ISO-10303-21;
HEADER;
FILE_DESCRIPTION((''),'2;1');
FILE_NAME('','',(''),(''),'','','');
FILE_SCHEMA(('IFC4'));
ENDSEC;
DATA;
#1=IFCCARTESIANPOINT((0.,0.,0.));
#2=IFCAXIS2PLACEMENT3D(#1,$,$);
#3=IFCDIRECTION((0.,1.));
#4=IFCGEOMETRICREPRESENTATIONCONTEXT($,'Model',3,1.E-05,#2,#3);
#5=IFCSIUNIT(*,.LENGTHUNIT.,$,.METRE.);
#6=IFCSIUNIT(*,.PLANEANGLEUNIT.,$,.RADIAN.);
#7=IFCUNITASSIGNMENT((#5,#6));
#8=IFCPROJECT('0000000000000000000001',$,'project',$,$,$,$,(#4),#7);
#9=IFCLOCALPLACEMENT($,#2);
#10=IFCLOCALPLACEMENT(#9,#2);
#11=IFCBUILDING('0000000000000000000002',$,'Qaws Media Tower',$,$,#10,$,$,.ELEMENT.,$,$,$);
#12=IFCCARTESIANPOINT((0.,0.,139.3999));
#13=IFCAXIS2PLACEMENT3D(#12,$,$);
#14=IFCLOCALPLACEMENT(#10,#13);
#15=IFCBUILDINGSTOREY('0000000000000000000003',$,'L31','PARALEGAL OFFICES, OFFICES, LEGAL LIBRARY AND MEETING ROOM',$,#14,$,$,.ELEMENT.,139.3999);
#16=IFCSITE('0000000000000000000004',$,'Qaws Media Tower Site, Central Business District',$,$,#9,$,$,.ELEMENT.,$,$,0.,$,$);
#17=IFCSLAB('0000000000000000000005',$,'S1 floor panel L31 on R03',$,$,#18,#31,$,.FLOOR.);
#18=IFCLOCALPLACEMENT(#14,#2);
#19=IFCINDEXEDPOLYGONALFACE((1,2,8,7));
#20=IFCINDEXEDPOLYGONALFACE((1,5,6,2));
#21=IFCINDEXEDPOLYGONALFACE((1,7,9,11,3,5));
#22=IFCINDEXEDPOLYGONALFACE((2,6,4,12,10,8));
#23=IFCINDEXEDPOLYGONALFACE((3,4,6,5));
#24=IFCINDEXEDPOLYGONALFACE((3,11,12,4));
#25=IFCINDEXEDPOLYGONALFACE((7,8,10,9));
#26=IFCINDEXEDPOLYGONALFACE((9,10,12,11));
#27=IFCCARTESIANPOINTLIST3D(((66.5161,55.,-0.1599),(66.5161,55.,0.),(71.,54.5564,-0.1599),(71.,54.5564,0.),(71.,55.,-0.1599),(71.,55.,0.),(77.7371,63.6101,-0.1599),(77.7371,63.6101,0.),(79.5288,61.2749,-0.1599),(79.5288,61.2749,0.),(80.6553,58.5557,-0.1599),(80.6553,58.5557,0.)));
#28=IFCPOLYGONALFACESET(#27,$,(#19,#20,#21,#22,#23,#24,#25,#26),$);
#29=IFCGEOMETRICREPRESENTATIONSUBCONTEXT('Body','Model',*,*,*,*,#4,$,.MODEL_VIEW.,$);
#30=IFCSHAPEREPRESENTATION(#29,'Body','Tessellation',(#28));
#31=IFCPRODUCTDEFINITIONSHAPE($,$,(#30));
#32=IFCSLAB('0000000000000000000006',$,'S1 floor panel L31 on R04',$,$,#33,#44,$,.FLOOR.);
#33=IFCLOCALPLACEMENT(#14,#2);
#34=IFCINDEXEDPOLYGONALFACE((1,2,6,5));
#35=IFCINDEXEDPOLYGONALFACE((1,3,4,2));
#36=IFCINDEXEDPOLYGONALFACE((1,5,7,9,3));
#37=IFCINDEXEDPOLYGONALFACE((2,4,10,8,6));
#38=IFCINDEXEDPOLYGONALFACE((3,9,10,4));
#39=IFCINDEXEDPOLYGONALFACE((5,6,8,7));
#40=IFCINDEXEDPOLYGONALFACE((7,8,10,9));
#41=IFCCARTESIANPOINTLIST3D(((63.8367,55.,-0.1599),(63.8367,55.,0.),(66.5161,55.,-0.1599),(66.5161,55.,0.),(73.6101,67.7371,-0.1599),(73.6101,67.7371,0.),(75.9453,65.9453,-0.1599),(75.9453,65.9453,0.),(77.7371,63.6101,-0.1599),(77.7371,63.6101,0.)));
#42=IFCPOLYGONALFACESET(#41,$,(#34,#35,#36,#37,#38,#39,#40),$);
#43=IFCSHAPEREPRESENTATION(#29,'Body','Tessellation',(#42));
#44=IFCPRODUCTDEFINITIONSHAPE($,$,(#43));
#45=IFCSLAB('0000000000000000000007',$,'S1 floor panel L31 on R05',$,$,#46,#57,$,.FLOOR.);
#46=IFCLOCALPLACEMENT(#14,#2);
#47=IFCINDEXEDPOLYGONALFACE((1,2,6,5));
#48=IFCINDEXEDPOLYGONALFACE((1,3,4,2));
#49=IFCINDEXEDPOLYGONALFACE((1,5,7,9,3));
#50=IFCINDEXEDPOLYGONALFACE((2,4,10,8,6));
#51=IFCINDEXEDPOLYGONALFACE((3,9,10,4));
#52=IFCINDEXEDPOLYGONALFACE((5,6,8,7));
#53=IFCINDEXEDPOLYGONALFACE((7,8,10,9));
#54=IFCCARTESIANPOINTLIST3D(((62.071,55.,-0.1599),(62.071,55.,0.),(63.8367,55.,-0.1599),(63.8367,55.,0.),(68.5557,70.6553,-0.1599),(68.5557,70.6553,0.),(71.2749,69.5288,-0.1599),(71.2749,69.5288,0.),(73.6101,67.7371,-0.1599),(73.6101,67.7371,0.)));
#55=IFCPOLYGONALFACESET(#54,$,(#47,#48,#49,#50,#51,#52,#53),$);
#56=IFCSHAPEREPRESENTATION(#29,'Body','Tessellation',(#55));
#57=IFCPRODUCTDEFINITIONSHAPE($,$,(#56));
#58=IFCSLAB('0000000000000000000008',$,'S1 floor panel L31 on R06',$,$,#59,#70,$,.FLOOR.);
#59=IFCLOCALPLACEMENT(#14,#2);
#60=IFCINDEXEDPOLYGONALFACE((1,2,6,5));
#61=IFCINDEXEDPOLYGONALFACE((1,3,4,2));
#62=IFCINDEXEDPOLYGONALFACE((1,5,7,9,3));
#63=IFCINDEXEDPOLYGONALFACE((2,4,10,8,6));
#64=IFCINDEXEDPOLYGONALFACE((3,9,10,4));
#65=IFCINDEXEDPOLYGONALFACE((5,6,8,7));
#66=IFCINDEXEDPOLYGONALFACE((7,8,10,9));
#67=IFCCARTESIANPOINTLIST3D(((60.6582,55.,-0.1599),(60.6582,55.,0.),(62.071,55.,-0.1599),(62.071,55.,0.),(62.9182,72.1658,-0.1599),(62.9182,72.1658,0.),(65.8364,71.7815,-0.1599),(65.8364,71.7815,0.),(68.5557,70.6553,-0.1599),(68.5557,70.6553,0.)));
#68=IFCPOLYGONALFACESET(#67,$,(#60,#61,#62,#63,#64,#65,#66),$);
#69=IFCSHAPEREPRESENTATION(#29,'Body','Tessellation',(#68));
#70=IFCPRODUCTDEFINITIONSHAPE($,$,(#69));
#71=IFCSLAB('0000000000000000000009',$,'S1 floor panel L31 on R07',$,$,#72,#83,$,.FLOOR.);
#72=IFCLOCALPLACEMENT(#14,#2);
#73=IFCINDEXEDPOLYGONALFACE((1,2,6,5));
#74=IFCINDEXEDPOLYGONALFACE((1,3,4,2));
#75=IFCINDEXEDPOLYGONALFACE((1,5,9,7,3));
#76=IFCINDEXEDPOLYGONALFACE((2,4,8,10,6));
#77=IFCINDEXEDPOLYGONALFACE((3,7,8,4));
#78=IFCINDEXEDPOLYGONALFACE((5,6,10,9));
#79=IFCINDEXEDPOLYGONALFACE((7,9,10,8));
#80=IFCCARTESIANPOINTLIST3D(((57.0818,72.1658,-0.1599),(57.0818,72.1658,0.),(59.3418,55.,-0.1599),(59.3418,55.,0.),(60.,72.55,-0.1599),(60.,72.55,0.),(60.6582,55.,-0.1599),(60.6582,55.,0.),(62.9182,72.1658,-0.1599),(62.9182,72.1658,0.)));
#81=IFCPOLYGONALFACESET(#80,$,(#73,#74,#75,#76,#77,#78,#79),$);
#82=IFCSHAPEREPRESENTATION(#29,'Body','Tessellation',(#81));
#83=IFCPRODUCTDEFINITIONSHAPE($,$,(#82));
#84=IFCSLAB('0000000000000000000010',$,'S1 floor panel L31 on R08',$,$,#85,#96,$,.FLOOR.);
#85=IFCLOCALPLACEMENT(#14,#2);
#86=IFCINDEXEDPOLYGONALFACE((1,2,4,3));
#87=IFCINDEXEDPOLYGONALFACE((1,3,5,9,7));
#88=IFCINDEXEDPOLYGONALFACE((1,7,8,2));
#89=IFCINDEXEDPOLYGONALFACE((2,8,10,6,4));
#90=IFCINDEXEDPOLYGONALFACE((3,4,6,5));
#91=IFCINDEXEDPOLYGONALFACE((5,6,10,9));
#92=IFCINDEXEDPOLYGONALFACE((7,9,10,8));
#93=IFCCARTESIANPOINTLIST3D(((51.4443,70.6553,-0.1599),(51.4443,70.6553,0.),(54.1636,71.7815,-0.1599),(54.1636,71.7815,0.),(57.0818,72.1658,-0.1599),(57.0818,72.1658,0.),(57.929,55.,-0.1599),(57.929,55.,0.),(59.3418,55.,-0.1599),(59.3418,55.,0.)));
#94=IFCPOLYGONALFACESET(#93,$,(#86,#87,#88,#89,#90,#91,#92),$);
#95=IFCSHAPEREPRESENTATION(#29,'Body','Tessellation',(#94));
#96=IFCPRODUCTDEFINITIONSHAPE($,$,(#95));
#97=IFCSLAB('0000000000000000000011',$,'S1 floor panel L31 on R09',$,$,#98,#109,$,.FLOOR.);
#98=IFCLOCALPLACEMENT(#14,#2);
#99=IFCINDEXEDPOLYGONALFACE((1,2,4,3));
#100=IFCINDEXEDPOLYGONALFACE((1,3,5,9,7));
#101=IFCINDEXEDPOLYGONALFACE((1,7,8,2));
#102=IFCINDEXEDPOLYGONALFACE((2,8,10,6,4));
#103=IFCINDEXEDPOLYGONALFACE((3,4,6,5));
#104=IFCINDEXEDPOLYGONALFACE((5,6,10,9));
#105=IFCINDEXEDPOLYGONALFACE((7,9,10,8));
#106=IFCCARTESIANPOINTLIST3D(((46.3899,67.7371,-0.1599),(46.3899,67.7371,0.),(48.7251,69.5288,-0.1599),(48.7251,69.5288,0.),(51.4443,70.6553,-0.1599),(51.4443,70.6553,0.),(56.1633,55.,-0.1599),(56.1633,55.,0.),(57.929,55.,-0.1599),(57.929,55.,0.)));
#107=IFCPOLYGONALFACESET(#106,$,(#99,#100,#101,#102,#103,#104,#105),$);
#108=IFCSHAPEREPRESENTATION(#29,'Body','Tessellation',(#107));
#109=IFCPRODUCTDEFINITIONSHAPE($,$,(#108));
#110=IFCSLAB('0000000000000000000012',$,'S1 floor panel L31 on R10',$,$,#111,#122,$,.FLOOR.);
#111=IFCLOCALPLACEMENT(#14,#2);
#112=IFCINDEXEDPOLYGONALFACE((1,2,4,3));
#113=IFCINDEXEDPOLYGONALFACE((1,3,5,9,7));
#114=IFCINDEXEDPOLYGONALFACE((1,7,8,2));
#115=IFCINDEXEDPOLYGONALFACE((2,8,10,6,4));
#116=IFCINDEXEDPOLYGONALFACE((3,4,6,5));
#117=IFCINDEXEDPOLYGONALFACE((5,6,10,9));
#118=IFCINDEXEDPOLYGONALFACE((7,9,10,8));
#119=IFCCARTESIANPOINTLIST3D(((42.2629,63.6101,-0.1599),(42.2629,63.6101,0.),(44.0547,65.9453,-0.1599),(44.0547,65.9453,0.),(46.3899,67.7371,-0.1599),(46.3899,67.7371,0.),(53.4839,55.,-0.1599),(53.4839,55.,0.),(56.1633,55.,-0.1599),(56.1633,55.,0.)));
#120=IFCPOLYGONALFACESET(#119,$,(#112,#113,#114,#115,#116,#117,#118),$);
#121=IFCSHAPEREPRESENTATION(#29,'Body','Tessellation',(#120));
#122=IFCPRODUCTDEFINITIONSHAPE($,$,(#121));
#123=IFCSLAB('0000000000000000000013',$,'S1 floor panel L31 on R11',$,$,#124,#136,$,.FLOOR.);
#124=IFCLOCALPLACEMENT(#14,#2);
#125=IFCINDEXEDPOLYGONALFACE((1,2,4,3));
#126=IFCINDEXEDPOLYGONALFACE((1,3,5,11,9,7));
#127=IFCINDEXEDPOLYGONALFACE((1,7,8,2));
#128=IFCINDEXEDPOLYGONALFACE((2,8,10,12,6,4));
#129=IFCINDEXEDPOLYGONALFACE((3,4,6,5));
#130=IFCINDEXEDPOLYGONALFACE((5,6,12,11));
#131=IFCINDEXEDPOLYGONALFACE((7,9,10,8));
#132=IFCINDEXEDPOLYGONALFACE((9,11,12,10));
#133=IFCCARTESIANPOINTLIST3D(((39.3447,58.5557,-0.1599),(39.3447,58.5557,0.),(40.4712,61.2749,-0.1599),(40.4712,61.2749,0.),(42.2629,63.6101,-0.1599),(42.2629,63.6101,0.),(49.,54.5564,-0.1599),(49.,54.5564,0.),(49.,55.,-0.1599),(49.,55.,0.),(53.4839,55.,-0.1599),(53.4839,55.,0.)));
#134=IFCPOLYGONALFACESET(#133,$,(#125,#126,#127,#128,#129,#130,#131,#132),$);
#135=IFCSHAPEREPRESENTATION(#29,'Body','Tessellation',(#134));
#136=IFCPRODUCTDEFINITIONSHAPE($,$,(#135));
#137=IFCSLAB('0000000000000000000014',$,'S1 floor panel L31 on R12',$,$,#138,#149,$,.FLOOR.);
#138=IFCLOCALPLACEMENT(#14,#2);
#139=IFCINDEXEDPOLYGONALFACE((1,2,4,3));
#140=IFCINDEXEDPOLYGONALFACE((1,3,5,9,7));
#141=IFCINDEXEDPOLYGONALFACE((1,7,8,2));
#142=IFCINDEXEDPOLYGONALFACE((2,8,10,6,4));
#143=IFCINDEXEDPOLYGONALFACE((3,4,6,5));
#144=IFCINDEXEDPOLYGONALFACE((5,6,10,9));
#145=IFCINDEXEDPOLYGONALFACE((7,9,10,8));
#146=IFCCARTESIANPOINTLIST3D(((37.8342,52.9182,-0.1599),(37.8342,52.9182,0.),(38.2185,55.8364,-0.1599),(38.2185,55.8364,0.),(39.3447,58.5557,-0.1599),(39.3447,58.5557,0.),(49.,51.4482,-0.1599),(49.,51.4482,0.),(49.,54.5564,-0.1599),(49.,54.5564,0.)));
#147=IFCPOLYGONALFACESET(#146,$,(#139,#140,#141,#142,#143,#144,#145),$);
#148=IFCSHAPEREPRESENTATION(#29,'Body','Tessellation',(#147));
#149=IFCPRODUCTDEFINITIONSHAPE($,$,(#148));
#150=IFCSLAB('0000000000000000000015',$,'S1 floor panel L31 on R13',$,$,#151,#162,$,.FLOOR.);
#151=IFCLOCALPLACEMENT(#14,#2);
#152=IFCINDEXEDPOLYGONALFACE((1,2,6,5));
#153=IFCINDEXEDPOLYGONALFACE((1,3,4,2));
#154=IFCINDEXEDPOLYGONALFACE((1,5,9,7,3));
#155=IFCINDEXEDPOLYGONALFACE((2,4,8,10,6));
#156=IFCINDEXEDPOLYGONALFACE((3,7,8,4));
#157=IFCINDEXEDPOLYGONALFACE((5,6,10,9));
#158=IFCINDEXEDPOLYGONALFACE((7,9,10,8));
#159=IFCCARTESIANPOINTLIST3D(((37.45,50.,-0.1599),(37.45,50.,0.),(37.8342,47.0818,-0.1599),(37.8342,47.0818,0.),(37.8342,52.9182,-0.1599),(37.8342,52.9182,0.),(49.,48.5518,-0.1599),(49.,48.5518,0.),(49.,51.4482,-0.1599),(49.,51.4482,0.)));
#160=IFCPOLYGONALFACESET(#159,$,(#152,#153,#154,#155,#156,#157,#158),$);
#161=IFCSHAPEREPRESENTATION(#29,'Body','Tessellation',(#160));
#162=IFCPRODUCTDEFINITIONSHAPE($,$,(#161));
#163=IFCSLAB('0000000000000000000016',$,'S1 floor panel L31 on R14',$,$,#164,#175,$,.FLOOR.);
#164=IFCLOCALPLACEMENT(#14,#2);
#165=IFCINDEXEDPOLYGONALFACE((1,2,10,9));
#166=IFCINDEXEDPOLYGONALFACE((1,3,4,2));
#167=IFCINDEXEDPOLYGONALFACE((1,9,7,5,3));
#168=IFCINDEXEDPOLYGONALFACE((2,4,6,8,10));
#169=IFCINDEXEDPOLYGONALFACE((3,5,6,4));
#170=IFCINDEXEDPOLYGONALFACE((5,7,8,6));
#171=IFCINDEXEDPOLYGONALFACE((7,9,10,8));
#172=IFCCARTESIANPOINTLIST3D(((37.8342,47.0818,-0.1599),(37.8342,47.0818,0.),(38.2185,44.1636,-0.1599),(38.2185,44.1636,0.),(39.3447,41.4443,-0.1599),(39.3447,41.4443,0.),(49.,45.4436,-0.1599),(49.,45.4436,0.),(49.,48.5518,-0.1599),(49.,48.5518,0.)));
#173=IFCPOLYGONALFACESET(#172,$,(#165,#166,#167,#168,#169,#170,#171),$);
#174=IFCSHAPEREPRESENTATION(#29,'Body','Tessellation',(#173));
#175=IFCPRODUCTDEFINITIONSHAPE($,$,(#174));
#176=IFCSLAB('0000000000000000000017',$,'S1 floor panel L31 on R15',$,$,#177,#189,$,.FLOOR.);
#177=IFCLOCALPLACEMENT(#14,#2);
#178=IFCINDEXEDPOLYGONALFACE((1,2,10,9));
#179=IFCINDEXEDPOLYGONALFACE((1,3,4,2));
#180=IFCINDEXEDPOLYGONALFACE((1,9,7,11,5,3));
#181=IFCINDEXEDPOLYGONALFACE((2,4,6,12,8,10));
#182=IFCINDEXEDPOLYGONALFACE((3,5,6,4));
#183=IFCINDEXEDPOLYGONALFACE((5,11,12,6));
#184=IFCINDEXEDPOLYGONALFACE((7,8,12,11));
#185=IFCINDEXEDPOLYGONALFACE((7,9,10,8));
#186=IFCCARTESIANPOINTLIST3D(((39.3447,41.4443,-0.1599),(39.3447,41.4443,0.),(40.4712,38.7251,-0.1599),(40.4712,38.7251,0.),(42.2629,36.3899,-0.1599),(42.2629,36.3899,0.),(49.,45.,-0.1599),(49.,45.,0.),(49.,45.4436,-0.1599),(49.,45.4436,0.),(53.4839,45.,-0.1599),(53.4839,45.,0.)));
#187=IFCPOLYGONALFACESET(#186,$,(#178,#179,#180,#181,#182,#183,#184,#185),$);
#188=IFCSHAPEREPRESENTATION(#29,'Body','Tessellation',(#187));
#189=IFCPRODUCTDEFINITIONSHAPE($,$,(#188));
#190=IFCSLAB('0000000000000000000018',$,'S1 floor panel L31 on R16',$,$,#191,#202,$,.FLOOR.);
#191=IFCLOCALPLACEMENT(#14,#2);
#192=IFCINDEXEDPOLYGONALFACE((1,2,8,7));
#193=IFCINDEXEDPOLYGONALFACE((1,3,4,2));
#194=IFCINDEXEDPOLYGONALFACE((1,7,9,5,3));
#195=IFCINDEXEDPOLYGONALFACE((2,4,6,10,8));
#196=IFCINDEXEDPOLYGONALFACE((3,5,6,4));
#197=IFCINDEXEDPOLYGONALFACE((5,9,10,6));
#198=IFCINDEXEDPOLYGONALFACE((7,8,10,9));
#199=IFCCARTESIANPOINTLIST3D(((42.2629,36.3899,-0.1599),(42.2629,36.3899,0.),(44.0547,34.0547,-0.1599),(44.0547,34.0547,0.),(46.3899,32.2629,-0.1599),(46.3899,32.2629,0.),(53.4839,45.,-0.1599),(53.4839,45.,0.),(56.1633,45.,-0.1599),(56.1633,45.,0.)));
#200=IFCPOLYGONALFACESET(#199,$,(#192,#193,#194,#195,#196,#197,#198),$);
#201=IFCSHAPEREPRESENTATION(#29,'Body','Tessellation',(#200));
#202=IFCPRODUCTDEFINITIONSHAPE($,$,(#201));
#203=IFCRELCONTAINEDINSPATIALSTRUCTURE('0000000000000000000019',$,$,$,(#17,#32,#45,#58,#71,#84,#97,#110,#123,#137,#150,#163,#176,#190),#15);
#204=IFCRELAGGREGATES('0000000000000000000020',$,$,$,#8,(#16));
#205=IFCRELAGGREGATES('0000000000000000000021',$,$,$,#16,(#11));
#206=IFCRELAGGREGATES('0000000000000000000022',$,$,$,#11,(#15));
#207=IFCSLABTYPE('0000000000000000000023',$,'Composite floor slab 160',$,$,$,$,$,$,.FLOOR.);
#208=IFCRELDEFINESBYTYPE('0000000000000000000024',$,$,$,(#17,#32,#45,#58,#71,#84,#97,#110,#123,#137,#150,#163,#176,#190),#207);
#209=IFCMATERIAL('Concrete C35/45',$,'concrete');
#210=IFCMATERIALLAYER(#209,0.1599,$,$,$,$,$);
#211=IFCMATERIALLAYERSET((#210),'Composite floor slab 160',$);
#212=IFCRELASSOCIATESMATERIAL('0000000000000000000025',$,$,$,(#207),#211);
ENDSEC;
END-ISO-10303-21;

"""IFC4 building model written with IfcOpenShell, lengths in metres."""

from ifc_helpers import new_model, si_unit, direction, frame, origin, place, context, subcontext, project, spatial, polyline, outline, extrude, material, layer, layer_set, type_object, element, save


model = new_model("IFC4")

# Units and contexts
model_context = context("Model", 3, precision=1e-05, world=origin(), true_north=direction((0.0, 1.0)))
body_context = subcontext(model_context, "Body", "Model", "MODEL_VIEW")
ifc_project = project(units=[si_unit("LENGTHUNIT", "METRE"), si_unit("PLANEANGLEUNIT", "RADIAN")], contexts=[model_context])

# Site, building, storey
site_placement = place(None, origin())
site = spatial("IfcSite", under=ifc_project, at=site_placement, Name="Qaws Media Tower Site, Central Business District", CompositionType="ELEMENT", RefElevation=0.0)
building_placement = place(site_placement, origin())
building = spatial("IfcBuilding", under=site, at=building_placement, Name="Qaws Media Tower", CompositionType="ELEMENT")
storey_placement = place(building_placement, frame((0.0, 0.0, 139.3999)))
storey = spatial("IfcBuildingStorey", under=building, at=storey_placement, Name="L31", Description="PARALEGAL OFFICES, OFFICES, LEGAL LIBRARY AND MEETING ROOM", CompositionType="ELEMENT", Elevation=139.3999)

# Slabs
ifc_material_1 = material(Name="Concrete C35/45", Category="concrete")
ifc_layer_1 = layer(ifc_material_1, 0.1599)
ifc_layer_set_1 = layer_set([ifc_layer_1], Name="Composite floor slab 160")
slab_type_1 = type_object("IfcSlabType", Name="Composite floor slab 160", PredefinedType="FLOOR", material=ifc_layer_set_1)
slab_1_placement = place(storey_placement, frame((0.0, 0.0, -0.1599)))
element("IfcSlab", 1, at=slab_1_placement, inside=storey, type_object=slab_type_1, Name="S1 floor panel L31 on R03", PredefinedType="FLOOR", context=body_context, shape_type="SweptSolid", body=[
    extrude(outline(polyline([(79.5288, 61.2749), (80.6553, 58.5557), (71.0, 54.5564), (71.0, 55.0), (66.5161, 55.0), (77.7371, 63.6101), (79.5288, 61.2749)])), origin(), (0.0, 0.0, 1.0), 0.1599),
])
slab_2_placement = place(storey_placement, frame((0.0, 0.0, -0.1599)))
element("IfcSlab", 2, at=slab_2_placement, inside=storey, type_object=slab_type_1, Name="S1 floor panel L31 on R04", PredefinedType="FLOOR", context=body_context, shape_type="SweptSolid", body=[
    extrude(outline(polyline([(75.9453, 65.9453), (77.7371, 63.6101), (66.5161, 55.0), (63.8367, 55.0), (73.6101, 67.7371), (75.9453, 65.9453)])), origin(), (0.0, 0.0, 1.0), 0.1599),
])
slab_3_placement = place(storey_placement, frame((0.0, 0.0, -0.1599)))
element("IfcSlab", 3, at=slab_3_placement, inside=storey, type_object=slab_type_1, Name="S1 floor panel L31 on R05", PredefinedType="FLOOR", context=body_context, shape_type="SweptSolid", body=[
    extrude(outline(polyline([(71.2749, 69.5288), (73.6101, 67.7371), (63.8367, 55.0), (62.071, 55.0), (68.5557, 70.6553), (71.2749, 69.5288)])), origin(), (0.0, 0.0, 1.0), 0.1599),
])
slab_4_placement = place(storey_placement, frame((0.0, 0.0, -0.1599)))
element("IfcSlab", 4, at=slab_4_placement, inside=storey, type_object=slab_type_1, Name="S1 floor panel L31 on R06", PredefinedType="FLOOR", context=body_context, shape_type="SweptSolid", body=[
    extrude(outline(polyline([(65.8364, 71.7815), (68.5557, 70.6553), (62.071, 55.0), (60.6582, 55.0), (62.9182, 72.1658), (65.8364, 71.7815)])), origin(), (0.0, 0.0, 1.0), 0.1599),
])
slab_5_placement = place(storey_placement, frame((0.0, 0.0, -0.1599)))
element("IfcSlab", 5, at=slab_5_placement, inside=storey, type_object=slab_type_1, Name="S1 floor panel L31 on R07", PredefinedType="FLOOR", context=body_context, shape_type="SweptSolid", body=[
    extrude(outline(polyline([(60.0, 72.55), (62.9182, 72.1658), (60.6582, 55.0), (59.3418, 55.0), (57.0818, 72.1658), (60.0, 72.55)])), origin(), (0.0, 0.0, 1.0), 0.1599),
])
slab_6_placement = place(storey_placement, frame((0.0, 0.0, -0.1599)))
element("IfcSlab", 6, at=slab_6_placement, inside=storey, type_object=slab_type_1, Name="S1 floor panel L31 on R08", PredefinedType="FLOOR", context=body_context, shape_type="SweptSolid", body=[
    extrude(outline(polyline([(54.1636, 71.7815), (57.0818, 72.1658), (59.3418, 55.0), (57.929, 55.0), (51.4443, 70.6553), (54.1636, 71.7815)])), origin(), (0.0, 0.0, 1.0), 0.1599),
])
slab_7_placement = place(storey_placement, frame((0.0, 0.0, -0.1599)))
element("IfcSlab", 7, at=slab_7_placement, inside=storey, type_object=slab_type_1, Name="S1 floor panel L31 on R09", PredefinedType="FLOOR", context=body_context, shape_type="SweptSolid", body=[
    extrude(outline(polyline([(48.7251, 69.5288), (51.4443, 70.6553), (57.929, 55.0), (56.1633, 55.0), (46.3899, 67.7371), (48.7251, 69.5288)])), origin(), (0.0, 0.0, 1.0), 0.1599),
])
slab_8_placement = place(storey_placement, frame((0.0, 0.0, -0.1599)))
element("IfcSlab", 8, at=slab_8_placement, inside=storey, type_object=slab_type_1, Name="S1 floor panel L31 on R10", PredefinedType="FLOOR", context=body_context, shape_type="SweptSolid", body=[
    extrude(outline(polyline([(44.0547, 65.9453), (46.3899, 67.7371), (56.1633, 55.0), (53.4839, 55.0), (42.2629, 63.6101), (44.0547, 65.9453)])), origin(), (0.0, 0.0, 1.0), 0.1599),
])
slab_9_placement = place(storey_placement, frame((0.0, 0.0, -0.1599)))
element("IfcSlab", 9, at=slab_9_placement, inside=storey, type_object=slab_type_1, Name="S1 floor panel L31 on R11", PredefinedType="FLOOR", context=body_context, shape_type="SweptSolid", body=[
    extrude(outline(polyline([(40.4712, 61.2749), (42.2629, 63.6101), (53.4839, 55.0), (49.0, 55.0), (49.0, 54.5564), (39.3447, 58.5557), (40.4712, 61.2749)])), origin(), (0.0, 0.0, 1.0), 0.1599),
])
slab_10_placement = place(storey_placement, frame((0.0, 0.0, -0.1599)))
element("IfcSlab", 10, at=slab_10_placement, inside=storey, type_object=slab_type_1, Name="S1 floor panel L31 on R12", PredefinedType="FLOOR", context=body_context, shape_type="SweptSolid", body=[
    extrude(outline(polyline([(38.2185, 55.8364), (39.3447, 58.5557), (49.0, 54.5564), (49.0, 51.4482), (37.8342, 52.9182), (38.2185, 55.8364)])), origin(), (0.0, 0.0, 1.0), 0.1599),
])
slab_11_placement = place(storey_placement, frame((0.0, 0.0, -0.1599)))
element("IfcSlab", 11, at=slab_11_placement, inside=storey, type_object=slab_type_1, Name="S1 floor panel L31 on R13", PredefinedType="FLOOR", context=body_context, shape_type="SweptSolid", body=[
    extrude(outline(polyline([(37.45, 50.0), (37.8342, 52.9182), (49.0, 51.4482), (49.0, 48.5518), (37.8342, 47.0818), (37.45, 50.0)])), origin(), (0.0, 0.0, 1.0), 0.1599),
])
slab_12_placement = place(storey_placement, frame((0.0, 0.0, -0.1599)))
element("IfcSlab", 12, at=slab_12_placement, inside=storey, type_object=slab_type_1, Name="S1 floor panel L31 on R14", PredefinedType="FLOOR", context=body_context, shape_type="SweptSolid", body=[
    extrude(outline(polyline([(38.2185, 44.1636), (37.8342, 47.0818), (49.0, 48.5518), (49.0, 45.4436), (39.3447, 41.4443), (38.2185, 44.1636)])), origin(), (0.0, 0.0, 1.0), 0.1599),
])
slab_13_placement = place(storey_placement, frame((0.0, 0.0, -0.1599)))
element("IfcSlab", 13, at=slab_13_placement, inside=storey, type_object=slab_type_1, Name="S1 floor panel L31 on R15", PredefinedType="FLOOR", context=body_context, shape_type="SweptSolid", body=[
    extrude(outline(polyline([(40.4712, 38.7251), (39.3447, 41.4443), (49.0, 45.4436), (49.0, 45.0), (53.4839, 45.0), (42.2629, 36.3899), (40.4712, 38.7251)])), origin(), (0.0, 0.0, 1.0), 0.1599),
])
slab_14_placement = place(storey_placement, frame((0.0, 0.0, -0.1599)))
element("IfcSlab", 14, at=slab_14_placement, inside=storey, type_object=slab_type_1, Name="S1 floor panel L31 on R16", PredefinedType="FLOOR", context=body_context, shape_type="SweptSolid", body=[
    extrude(outline(polyline([(44.0547, 34.0547), (42.2629, 36.3899), (53.4839, 45.0), (56.1633, 45.0), (46.3899, 32.2629), (44.0547, 34.0547)])), origin(), (0.0, 0.0, 1.0), 0.1599),
])

save(model, "model.ifc")
